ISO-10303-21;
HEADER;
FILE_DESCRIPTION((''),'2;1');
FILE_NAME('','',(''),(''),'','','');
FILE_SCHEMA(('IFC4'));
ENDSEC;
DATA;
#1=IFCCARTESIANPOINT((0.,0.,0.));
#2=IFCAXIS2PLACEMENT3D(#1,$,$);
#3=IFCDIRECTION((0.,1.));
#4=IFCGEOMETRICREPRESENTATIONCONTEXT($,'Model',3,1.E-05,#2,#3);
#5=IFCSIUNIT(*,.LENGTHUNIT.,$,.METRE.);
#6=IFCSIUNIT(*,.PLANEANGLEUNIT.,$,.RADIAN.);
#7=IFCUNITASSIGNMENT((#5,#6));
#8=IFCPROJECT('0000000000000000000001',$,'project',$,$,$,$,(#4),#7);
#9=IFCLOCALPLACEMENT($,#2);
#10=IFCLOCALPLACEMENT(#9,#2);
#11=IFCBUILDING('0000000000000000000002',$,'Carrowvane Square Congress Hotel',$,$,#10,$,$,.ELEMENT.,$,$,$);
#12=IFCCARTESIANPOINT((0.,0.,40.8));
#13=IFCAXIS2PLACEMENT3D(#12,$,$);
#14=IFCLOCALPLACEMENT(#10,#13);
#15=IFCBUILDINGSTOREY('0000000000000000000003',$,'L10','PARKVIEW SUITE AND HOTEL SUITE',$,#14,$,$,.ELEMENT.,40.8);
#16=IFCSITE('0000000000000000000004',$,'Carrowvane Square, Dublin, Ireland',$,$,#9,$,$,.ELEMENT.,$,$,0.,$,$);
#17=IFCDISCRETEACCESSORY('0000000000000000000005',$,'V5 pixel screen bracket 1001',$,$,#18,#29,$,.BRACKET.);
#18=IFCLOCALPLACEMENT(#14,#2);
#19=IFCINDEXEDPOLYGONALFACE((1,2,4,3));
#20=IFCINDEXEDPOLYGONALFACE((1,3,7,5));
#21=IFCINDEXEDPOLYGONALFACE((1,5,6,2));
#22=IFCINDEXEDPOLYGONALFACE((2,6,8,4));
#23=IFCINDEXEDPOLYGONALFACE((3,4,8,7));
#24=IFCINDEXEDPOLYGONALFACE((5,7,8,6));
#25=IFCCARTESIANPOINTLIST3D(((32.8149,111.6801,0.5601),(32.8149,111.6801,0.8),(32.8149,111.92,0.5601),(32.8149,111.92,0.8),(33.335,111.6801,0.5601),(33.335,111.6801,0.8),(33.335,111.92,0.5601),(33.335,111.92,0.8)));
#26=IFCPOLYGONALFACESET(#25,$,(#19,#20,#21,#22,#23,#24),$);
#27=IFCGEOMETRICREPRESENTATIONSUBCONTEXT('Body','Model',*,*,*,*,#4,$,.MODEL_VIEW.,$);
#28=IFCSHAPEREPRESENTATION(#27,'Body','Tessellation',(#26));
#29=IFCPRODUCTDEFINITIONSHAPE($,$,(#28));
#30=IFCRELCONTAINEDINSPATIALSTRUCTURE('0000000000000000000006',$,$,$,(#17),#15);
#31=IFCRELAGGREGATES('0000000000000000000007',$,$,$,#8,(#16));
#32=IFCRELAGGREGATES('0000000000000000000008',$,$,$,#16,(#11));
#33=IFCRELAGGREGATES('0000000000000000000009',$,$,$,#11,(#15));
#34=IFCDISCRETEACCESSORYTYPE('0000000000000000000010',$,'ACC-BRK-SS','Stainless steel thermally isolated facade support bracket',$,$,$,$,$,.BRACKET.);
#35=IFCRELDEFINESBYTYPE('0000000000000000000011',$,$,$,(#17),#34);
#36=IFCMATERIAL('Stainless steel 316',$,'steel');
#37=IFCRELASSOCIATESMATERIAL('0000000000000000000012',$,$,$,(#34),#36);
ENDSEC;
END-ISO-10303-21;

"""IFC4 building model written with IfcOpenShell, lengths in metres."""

from ifc_helpers import new_model, si_unit, direction, frame, origin, origin_2d, place, context, subcontext, project, spatial, rectangle, extrude, material, type_object, element, save


model = new_model("IFC4")

# Units and contexts
model_context = context("Model", 3, precision=1e-05, world=origin(), true_north=direction((0.0, 1.0)))
body_context = subcontext(model_context, "Body", "Model", "MODEL_VIEW")
ifc_project = project(units=[si_unit("LENGTHUNIT", "METRE"), si_unit("PLANEANGLEUNIT", "RADIAN")], contexts=[model_context])

# Site, building, storey
site_placement = place(None, origin())
site = spatial("IfcSite", under=ifc_project, at=site_placement, Name="Carrowvane Square, Dublin, Ireland", CompositionType="ELEMENT", RefElevation=0.0)
building_placement = place(site_placement, origin())
building = spatial("IfcBuilding", under=site, at=building_placement, Name="Carrowvane Square Congress Hotel", CompositionType="ELEMENT")
storey_placement = place(building_placement, frame((0.0, 0.0, 40.8)))
storey = spatial("IfcBuildingStorey", under=building, at=storey_placement, Name="L10", Description="PARKVIEW SUITE AND HOTEL SUITE", CompositionType="ELEMENT", Elevation=40.8)

# Discrete accessory
ifc_material_1 = material(Name="Stainless steel 316", Category="steel")
discrete_accessory_type = type_object("IfcDiscreteAccessoryType", Name="ACC-BRK-SS", Description="Stainless steel thermally isolated facade support bracket", PredefinedType="BRACKET", material=ifc_material_1)
for number, where, z_axis, x_axis, name in (
    (1, (33.075, 111.8, 0.5601), (0.0, 0.0, 1.0), (0.0, 1.0, 0.0), "V5 pixel screen bracket 1001"),
):
    element("IfcDiscreteAccessory", number, at=place(storey_placement, frame(where, z_axis=z_axis, x_axis=x_axis)), inside=storey, type_object=discrete_accessory_type, Name=name, PredefinedType="BRACKET", context=body_context, shape_type="SweptSolid", body=[
        extrude(rectangle(XDim=0.24, YDim=0.52, at=origin_2d()), origin(), (0.0, 0.0, 1.0), 0.24),
    ])

save(model, "model.ifc")
